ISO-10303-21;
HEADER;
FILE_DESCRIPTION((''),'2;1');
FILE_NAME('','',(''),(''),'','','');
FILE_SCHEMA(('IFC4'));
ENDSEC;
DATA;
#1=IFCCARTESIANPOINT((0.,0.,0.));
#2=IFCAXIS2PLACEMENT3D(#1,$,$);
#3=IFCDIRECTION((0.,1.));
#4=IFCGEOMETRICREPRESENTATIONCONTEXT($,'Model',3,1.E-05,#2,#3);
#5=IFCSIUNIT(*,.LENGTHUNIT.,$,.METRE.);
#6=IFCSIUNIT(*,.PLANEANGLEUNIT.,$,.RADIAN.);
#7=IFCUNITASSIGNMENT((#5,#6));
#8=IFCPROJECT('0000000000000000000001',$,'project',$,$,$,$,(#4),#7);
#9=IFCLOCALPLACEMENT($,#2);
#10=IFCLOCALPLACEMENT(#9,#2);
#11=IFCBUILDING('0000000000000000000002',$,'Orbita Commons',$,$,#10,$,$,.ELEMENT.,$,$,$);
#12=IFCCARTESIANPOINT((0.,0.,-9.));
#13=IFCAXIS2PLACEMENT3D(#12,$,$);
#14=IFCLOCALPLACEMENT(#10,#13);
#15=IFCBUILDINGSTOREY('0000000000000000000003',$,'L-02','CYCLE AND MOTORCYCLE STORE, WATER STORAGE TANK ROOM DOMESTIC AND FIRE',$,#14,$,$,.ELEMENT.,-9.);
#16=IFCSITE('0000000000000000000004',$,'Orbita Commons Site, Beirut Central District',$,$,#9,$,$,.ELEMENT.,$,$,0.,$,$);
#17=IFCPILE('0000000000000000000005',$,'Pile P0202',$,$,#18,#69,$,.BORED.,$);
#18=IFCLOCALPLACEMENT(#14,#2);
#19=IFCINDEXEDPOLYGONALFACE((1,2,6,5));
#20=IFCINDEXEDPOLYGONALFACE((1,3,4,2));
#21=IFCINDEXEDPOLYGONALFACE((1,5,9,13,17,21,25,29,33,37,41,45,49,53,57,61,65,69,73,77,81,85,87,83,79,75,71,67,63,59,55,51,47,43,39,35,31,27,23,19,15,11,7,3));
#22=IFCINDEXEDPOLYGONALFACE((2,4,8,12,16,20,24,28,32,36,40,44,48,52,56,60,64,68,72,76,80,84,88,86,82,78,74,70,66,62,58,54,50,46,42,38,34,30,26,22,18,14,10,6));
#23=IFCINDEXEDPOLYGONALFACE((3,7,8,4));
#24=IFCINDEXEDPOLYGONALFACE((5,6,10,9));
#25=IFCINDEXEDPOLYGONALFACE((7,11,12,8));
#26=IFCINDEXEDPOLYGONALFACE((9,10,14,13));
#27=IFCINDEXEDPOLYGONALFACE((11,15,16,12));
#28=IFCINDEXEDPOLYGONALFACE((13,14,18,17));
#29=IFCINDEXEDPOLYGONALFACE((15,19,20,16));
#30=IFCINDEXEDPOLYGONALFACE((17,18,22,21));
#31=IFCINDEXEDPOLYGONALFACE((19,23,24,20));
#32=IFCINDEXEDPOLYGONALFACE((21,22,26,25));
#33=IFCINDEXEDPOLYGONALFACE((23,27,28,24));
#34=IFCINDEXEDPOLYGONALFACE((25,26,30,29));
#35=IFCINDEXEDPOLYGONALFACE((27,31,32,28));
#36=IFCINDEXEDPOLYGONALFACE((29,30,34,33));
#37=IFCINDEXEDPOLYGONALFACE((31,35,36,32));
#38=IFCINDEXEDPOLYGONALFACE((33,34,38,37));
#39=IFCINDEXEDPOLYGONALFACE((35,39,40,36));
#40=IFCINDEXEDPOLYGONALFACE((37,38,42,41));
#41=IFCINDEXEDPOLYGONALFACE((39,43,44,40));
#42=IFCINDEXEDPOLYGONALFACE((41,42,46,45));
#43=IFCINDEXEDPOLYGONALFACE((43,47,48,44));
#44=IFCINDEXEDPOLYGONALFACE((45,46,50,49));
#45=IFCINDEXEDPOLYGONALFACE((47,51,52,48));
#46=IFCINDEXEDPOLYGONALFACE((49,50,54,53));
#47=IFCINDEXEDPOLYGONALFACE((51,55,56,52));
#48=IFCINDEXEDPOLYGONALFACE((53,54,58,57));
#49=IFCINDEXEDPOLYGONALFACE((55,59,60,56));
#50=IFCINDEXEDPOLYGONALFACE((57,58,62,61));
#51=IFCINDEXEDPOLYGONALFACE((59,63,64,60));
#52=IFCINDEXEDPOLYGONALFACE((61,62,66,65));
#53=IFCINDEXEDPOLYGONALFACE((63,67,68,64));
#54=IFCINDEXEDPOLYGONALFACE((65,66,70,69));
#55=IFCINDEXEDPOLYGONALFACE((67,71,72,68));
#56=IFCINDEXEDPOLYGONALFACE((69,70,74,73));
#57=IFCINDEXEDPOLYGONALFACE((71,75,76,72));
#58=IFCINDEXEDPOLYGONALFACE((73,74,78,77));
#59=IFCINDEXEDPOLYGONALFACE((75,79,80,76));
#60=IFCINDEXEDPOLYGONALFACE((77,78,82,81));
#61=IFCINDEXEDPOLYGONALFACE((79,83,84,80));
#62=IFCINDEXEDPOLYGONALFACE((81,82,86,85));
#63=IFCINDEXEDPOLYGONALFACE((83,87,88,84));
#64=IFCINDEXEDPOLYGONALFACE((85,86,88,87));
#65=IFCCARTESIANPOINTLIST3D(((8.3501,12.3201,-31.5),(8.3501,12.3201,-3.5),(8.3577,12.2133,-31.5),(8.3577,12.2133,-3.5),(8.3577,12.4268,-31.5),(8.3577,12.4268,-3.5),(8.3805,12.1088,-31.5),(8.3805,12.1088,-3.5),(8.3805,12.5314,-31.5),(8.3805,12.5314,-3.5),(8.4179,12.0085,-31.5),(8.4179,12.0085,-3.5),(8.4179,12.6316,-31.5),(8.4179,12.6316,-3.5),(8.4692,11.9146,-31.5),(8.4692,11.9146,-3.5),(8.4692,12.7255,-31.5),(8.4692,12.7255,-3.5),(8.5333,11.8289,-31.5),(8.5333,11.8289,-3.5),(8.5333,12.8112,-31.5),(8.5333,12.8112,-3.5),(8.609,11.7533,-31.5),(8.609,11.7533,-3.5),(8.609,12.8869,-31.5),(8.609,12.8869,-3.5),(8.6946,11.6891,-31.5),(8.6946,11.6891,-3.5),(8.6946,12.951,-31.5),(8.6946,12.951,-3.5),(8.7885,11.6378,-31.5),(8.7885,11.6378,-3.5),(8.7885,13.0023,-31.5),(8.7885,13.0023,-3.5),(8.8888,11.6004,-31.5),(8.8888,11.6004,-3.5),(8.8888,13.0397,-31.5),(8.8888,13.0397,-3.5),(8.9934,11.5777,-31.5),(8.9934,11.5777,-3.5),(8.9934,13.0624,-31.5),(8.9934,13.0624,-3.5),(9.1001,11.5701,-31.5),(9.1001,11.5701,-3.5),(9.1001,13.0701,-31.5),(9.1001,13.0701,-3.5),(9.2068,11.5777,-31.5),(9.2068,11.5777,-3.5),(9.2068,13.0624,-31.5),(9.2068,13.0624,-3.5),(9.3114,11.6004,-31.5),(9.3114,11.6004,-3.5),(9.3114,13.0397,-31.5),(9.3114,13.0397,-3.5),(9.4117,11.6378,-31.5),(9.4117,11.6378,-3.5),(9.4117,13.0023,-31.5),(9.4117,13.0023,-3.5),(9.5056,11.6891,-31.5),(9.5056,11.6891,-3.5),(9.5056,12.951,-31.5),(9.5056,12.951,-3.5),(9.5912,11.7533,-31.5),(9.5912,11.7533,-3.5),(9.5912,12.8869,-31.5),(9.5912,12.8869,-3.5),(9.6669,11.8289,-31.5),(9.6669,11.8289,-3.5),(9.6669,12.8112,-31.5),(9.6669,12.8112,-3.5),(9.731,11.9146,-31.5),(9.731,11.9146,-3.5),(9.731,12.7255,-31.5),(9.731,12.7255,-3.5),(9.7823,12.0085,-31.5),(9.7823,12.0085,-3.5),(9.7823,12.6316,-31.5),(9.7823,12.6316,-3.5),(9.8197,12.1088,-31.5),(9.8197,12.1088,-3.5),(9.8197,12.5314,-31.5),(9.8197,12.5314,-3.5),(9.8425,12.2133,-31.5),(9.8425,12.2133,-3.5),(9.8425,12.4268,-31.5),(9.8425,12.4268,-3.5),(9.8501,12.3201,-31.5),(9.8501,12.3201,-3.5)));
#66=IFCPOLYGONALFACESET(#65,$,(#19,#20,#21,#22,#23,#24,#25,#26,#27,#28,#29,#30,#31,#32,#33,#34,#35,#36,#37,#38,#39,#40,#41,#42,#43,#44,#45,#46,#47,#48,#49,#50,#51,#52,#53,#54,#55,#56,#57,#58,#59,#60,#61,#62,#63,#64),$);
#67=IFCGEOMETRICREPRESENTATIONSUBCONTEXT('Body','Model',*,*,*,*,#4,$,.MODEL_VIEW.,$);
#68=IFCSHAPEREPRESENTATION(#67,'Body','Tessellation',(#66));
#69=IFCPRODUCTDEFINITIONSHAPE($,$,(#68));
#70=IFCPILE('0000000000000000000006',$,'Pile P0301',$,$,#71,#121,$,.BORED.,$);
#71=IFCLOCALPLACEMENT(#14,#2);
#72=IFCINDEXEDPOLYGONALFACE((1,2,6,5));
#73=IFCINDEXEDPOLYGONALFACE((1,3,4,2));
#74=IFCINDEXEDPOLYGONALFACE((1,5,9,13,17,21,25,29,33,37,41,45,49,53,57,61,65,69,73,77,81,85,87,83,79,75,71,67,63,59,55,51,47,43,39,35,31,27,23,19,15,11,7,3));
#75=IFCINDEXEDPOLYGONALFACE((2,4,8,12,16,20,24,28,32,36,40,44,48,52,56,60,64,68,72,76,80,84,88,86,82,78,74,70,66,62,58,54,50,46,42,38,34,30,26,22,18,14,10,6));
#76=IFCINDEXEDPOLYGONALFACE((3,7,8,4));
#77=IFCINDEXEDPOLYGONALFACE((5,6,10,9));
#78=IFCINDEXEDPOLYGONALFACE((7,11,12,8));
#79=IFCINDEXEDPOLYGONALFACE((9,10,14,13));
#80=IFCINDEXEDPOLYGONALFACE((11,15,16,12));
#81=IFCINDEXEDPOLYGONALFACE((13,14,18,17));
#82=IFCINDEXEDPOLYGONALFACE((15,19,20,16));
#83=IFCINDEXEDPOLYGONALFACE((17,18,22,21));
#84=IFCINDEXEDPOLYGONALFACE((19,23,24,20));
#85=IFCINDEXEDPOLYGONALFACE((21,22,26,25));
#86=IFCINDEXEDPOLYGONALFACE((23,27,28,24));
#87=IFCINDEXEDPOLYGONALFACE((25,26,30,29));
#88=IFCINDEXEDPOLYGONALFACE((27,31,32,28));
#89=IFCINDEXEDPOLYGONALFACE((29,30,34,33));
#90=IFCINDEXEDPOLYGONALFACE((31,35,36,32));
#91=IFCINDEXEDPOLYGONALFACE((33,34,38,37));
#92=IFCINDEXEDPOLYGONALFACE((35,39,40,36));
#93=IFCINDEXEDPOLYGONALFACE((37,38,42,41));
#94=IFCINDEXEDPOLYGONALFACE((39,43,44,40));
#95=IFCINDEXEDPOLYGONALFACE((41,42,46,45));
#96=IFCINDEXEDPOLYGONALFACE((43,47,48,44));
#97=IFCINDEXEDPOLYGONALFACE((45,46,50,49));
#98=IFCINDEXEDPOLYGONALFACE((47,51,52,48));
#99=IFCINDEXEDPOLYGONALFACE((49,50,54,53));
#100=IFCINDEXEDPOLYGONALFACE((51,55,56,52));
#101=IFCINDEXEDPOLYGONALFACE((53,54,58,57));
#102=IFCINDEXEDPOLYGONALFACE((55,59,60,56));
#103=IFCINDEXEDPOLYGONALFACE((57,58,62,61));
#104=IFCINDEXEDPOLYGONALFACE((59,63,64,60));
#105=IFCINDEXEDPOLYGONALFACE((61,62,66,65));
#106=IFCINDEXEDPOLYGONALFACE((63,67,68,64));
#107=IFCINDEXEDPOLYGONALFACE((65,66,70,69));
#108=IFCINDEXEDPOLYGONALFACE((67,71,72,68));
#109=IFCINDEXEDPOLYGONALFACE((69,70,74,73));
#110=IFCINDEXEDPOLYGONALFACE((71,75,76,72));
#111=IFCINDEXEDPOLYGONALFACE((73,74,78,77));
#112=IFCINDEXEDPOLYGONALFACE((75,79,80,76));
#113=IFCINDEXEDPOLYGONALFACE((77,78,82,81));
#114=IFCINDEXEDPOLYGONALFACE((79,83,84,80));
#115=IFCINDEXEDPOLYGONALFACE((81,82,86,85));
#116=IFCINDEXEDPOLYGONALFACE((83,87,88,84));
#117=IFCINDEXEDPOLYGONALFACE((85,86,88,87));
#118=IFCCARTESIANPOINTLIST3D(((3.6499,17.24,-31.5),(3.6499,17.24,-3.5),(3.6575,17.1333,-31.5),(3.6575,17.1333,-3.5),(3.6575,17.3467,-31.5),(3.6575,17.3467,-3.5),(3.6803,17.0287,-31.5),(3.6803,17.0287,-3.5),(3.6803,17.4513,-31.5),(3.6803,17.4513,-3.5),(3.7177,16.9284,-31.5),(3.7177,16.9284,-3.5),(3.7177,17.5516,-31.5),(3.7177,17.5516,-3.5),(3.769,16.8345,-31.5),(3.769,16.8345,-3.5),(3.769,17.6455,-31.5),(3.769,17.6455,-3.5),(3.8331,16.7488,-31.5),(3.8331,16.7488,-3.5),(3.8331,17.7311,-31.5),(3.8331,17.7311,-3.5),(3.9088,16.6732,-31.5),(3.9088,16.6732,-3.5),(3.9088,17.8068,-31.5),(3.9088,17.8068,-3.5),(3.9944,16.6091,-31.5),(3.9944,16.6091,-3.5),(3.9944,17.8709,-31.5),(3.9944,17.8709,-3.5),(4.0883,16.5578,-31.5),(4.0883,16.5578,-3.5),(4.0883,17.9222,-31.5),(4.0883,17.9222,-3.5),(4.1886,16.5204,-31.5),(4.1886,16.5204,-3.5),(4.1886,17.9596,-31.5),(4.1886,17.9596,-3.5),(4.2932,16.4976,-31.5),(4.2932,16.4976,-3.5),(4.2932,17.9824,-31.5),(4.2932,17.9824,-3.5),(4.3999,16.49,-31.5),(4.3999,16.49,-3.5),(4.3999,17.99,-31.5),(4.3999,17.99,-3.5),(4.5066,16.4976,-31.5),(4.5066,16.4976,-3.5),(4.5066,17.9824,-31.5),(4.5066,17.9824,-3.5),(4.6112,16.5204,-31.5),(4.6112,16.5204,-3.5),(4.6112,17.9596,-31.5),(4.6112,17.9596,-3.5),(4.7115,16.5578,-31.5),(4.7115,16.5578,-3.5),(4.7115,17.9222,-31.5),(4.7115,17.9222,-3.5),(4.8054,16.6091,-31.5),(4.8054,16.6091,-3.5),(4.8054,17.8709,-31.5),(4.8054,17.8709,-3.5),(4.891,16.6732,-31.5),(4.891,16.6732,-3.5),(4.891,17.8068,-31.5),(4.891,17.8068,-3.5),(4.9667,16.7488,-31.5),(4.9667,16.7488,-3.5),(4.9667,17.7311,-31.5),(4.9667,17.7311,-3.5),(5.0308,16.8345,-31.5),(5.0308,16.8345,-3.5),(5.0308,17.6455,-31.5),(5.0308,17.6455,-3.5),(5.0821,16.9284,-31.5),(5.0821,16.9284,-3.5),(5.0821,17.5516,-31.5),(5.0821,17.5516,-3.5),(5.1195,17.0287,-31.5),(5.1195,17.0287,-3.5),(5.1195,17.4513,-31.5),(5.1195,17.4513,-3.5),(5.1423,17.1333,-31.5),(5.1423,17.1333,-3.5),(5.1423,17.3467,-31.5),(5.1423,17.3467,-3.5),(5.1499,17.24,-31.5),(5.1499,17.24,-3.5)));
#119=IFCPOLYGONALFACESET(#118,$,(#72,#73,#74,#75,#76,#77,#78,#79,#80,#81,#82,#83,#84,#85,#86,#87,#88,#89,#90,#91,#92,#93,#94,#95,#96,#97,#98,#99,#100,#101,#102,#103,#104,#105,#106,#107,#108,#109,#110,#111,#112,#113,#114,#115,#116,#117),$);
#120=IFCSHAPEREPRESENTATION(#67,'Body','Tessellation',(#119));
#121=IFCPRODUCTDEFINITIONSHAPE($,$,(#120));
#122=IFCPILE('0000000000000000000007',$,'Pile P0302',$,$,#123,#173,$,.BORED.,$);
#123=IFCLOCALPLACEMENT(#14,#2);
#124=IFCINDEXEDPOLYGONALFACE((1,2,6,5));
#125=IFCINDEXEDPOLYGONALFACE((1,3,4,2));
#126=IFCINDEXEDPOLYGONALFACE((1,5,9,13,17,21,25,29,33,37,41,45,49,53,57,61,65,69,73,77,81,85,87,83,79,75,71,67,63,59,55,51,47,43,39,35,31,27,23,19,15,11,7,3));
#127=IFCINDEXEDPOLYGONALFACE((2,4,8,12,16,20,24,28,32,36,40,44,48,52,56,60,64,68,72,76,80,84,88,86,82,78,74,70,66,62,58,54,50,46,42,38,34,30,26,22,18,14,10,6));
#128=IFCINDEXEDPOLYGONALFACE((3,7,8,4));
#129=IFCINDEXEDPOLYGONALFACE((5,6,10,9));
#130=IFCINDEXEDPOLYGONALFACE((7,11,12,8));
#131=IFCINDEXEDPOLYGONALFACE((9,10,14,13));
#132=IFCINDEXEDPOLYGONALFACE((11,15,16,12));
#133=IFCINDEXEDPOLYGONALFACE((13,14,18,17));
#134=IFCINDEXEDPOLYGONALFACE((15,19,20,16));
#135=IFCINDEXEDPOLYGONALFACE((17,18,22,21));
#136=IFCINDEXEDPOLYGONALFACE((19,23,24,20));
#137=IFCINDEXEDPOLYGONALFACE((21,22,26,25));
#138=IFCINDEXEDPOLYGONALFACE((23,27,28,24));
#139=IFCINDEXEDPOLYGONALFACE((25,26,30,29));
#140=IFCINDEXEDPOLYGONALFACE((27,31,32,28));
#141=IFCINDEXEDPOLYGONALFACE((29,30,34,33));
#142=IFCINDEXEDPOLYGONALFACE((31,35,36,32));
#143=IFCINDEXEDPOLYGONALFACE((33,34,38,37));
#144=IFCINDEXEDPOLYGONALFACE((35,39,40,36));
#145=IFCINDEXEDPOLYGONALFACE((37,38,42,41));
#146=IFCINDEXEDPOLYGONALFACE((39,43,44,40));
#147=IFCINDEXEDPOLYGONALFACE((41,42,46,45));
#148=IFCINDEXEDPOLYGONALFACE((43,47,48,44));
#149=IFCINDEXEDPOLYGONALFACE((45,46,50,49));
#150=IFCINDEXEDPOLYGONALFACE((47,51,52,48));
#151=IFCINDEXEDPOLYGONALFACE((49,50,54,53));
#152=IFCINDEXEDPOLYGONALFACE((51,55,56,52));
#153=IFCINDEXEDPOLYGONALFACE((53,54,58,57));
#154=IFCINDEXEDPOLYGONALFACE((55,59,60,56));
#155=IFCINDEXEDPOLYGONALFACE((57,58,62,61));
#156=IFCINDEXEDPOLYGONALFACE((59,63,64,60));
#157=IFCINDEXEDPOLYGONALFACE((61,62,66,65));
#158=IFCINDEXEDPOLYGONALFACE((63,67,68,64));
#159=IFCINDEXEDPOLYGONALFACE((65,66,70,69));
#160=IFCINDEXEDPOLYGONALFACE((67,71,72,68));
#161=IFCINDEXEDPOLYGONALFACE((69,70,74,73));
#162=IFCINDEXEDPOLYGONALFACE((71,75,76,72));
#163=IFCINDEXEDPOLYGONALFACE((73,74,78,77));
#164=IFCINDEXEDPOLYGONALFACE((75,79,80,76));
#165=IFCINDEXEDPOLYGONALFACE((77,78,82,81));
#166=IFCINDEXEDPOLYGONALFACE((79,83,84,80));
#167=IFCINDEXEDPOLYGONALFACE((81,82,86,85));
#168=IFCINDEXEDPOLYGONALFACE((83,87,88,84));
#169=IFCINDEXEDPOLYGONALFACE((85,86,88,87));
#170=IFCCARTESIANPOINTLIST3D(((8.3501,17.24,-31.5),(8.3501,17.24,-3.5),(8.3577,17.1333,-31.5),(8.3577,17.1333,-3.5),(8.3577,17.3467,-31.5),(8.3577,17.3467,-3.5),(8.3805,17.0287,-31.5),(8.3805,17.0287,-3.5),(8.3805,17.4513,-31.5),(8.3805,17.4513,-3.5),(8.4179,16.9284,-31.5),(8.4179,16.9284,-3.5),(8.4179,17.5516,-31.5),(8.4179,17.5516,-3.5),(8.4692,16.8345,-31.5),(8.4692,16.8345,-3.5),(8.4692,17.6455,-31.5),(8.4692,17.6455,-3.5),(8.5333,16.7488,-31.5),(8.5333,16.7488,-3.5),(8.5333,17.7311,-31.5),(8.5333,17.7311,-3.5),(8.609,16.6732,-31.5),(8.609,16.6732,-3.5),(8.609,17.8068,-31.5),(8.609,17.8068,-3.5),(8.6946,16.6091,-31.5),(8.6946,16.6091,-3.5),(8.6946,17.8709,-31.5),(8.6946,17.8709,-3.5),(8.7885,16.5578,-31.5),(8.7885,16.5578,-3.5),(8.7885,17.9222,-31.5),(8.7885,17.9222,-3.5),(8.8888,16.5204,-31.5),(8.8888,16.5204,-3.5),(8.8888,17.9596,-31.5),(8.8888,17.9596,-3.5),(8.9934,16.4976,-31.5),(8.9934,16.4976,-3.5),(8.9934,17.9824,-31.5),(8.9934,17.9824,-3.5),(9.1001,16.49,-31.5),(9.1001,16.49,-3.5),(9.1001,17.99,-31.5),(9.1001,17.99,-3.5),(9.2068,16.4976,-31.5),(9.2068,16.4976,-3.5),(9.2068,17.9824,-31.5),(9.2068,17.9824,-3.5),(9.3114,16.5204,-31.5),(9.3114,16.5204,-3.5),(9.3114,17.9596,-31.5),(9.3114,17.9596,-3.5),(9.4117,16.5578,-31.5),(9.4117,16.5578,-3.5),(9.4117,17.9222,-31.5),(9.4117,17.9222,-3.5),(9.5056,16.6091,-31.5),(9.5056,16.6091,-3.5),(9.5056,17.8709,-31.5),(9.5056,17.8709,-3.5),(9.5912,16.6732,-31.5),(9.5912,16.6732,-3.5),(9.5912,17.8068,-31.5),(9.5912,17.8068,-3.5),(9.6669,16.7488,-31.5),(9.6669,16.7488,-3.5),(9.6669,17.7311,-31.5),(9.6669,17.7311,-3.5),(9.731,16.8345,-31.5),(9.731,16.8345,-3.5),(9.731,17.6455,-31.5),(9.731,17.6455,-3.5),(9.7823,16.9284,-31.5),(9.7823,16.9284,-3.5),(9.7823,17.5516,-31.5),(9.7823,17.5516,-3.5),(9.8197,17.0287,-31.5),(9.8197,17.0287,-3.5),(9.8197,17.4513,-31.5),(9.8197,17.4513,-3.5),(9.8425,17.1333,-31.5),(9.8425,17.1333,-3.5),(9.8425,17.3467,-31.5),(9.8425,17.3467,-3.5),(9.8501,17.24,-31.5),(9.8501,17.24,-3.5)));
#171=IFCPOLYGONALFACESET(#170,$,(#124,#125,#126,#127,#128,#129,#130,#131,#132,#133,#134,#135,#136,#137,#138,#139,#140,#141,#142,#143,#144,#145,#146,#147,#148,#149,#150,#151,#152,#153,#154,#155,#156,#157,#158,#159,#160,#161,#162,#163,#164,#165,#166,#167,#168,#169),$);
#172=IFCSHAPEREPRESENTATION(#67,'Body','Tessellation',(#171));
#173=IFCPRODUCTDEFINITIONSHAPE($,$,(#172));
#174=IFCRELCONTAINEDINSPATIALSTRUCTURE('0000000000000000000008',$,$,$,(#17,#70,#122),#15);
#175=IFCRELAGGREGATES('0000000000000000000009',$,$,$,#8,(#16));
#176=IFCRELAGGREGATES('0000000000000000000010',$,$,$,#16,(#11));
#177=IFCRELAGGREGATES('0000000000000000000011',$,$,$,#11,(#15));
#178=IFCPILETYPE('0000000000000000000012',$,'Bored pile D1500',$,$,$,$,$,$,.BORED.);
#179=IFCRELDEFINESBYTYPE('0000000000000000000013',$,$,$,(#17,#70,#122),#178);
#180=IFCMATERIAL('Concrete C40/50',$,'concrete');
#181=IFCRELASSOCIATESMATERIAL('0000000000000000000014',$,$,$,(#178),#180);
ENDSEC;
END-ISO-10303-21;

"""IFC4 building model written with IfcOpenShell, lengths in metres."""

from ifc_helpers import new_model, si_unit, direction, frame, origin, origin_2d, place, context, subcontext, project, spatial, circle, extrude, material, material_profile, profile_set, type_object, element, save


model = new_model("IFC4")

# Units and contexts
model_context = context("Model", 3, precision=1e-05, world=origin(), true_north=direction((0.0, 1.0)))
body_context = subcontext(model_context, "Body", "Model", "MODEL_VIEW")
ifc_project = project(units=[si_unit("LENGTHUNIT", "METRE"), si_unit("PLANEANGLEUNIT", "RADIAN")], contexts=[model_context])

# Site, building, storey
site_placement = place(None, origin())
site = spatial("IfcSite", under=ifc_project, at=site_placement, Name="Orbita Commons Site, Beirut Central District", CompositionType="ELEMENT", RefElevation=0.0)
building_placement = place(site_placement, origin())
building = spatial("IfcBuilding", under=site, at=building_placement, Name="Orbita Commons", CompositionType="ELEMENT")
storey_placement = place(building_placement, frame((0.0, 0.0, -9.0)))
storey = spatial("IfcBuildingStorey", under=building, at=storey_placement, Name="L-02", Description="CYCLE AND MOTORCYCLE STORE, WATER STORAGE TANK ROOM DOMESTIC AND FIRE", CompositionType="ELEMENT", Elevation=-9.0)

# Piles
ifc_material_1 = material(Name="Concrete C40/50", Category="concrete")
ifc_material_profile_1 = material_profile(ifc_material_1, circle(Radius=0.75, at=origin_2d()), Name="RC D1500")
ifc_profile_set_1 = profile_set([ifc_material_profile_1], Name="Concrete C40/50")
pile_type = type_object("IfcPileType", Name="Bored pile D1500", PredefinedType="BORED", material=ifc_profile_set_1)
for number, where, z_axis, x_axis, name in (
    (1, (9.1001, 12.3201, -3.5), (0.0, 0.0, -1.0), (1.0, 0.0, 0.0), "Pile P0202"),
    (2, (4.3999, 17.24, -3.5), (0.0, 0.0, -1.0), (1.0, 0.0, 0.0), "Pile P0301"),
    (3, (9.1001, 17.24, -3.5), (0.0, 0.0, -1.0), (1.0, 0.0, 0.0), "Pile P0302"),
):
    element("IfcPile", number, at=place(storey_placement, frame(where, z_axis=z_axis, x_axis=x_axis)), inside=storey, type_object=pile_type, Name=name, PredefinedType="BORED", context=body_context, shape_type="SweptSolid", body=[
        extrude(circle(Radius=0.75, at=origin_2d()), origin(), (0.0, 0.0, 1.0), 28.0),
    ])

save(model, "model.ifc")
